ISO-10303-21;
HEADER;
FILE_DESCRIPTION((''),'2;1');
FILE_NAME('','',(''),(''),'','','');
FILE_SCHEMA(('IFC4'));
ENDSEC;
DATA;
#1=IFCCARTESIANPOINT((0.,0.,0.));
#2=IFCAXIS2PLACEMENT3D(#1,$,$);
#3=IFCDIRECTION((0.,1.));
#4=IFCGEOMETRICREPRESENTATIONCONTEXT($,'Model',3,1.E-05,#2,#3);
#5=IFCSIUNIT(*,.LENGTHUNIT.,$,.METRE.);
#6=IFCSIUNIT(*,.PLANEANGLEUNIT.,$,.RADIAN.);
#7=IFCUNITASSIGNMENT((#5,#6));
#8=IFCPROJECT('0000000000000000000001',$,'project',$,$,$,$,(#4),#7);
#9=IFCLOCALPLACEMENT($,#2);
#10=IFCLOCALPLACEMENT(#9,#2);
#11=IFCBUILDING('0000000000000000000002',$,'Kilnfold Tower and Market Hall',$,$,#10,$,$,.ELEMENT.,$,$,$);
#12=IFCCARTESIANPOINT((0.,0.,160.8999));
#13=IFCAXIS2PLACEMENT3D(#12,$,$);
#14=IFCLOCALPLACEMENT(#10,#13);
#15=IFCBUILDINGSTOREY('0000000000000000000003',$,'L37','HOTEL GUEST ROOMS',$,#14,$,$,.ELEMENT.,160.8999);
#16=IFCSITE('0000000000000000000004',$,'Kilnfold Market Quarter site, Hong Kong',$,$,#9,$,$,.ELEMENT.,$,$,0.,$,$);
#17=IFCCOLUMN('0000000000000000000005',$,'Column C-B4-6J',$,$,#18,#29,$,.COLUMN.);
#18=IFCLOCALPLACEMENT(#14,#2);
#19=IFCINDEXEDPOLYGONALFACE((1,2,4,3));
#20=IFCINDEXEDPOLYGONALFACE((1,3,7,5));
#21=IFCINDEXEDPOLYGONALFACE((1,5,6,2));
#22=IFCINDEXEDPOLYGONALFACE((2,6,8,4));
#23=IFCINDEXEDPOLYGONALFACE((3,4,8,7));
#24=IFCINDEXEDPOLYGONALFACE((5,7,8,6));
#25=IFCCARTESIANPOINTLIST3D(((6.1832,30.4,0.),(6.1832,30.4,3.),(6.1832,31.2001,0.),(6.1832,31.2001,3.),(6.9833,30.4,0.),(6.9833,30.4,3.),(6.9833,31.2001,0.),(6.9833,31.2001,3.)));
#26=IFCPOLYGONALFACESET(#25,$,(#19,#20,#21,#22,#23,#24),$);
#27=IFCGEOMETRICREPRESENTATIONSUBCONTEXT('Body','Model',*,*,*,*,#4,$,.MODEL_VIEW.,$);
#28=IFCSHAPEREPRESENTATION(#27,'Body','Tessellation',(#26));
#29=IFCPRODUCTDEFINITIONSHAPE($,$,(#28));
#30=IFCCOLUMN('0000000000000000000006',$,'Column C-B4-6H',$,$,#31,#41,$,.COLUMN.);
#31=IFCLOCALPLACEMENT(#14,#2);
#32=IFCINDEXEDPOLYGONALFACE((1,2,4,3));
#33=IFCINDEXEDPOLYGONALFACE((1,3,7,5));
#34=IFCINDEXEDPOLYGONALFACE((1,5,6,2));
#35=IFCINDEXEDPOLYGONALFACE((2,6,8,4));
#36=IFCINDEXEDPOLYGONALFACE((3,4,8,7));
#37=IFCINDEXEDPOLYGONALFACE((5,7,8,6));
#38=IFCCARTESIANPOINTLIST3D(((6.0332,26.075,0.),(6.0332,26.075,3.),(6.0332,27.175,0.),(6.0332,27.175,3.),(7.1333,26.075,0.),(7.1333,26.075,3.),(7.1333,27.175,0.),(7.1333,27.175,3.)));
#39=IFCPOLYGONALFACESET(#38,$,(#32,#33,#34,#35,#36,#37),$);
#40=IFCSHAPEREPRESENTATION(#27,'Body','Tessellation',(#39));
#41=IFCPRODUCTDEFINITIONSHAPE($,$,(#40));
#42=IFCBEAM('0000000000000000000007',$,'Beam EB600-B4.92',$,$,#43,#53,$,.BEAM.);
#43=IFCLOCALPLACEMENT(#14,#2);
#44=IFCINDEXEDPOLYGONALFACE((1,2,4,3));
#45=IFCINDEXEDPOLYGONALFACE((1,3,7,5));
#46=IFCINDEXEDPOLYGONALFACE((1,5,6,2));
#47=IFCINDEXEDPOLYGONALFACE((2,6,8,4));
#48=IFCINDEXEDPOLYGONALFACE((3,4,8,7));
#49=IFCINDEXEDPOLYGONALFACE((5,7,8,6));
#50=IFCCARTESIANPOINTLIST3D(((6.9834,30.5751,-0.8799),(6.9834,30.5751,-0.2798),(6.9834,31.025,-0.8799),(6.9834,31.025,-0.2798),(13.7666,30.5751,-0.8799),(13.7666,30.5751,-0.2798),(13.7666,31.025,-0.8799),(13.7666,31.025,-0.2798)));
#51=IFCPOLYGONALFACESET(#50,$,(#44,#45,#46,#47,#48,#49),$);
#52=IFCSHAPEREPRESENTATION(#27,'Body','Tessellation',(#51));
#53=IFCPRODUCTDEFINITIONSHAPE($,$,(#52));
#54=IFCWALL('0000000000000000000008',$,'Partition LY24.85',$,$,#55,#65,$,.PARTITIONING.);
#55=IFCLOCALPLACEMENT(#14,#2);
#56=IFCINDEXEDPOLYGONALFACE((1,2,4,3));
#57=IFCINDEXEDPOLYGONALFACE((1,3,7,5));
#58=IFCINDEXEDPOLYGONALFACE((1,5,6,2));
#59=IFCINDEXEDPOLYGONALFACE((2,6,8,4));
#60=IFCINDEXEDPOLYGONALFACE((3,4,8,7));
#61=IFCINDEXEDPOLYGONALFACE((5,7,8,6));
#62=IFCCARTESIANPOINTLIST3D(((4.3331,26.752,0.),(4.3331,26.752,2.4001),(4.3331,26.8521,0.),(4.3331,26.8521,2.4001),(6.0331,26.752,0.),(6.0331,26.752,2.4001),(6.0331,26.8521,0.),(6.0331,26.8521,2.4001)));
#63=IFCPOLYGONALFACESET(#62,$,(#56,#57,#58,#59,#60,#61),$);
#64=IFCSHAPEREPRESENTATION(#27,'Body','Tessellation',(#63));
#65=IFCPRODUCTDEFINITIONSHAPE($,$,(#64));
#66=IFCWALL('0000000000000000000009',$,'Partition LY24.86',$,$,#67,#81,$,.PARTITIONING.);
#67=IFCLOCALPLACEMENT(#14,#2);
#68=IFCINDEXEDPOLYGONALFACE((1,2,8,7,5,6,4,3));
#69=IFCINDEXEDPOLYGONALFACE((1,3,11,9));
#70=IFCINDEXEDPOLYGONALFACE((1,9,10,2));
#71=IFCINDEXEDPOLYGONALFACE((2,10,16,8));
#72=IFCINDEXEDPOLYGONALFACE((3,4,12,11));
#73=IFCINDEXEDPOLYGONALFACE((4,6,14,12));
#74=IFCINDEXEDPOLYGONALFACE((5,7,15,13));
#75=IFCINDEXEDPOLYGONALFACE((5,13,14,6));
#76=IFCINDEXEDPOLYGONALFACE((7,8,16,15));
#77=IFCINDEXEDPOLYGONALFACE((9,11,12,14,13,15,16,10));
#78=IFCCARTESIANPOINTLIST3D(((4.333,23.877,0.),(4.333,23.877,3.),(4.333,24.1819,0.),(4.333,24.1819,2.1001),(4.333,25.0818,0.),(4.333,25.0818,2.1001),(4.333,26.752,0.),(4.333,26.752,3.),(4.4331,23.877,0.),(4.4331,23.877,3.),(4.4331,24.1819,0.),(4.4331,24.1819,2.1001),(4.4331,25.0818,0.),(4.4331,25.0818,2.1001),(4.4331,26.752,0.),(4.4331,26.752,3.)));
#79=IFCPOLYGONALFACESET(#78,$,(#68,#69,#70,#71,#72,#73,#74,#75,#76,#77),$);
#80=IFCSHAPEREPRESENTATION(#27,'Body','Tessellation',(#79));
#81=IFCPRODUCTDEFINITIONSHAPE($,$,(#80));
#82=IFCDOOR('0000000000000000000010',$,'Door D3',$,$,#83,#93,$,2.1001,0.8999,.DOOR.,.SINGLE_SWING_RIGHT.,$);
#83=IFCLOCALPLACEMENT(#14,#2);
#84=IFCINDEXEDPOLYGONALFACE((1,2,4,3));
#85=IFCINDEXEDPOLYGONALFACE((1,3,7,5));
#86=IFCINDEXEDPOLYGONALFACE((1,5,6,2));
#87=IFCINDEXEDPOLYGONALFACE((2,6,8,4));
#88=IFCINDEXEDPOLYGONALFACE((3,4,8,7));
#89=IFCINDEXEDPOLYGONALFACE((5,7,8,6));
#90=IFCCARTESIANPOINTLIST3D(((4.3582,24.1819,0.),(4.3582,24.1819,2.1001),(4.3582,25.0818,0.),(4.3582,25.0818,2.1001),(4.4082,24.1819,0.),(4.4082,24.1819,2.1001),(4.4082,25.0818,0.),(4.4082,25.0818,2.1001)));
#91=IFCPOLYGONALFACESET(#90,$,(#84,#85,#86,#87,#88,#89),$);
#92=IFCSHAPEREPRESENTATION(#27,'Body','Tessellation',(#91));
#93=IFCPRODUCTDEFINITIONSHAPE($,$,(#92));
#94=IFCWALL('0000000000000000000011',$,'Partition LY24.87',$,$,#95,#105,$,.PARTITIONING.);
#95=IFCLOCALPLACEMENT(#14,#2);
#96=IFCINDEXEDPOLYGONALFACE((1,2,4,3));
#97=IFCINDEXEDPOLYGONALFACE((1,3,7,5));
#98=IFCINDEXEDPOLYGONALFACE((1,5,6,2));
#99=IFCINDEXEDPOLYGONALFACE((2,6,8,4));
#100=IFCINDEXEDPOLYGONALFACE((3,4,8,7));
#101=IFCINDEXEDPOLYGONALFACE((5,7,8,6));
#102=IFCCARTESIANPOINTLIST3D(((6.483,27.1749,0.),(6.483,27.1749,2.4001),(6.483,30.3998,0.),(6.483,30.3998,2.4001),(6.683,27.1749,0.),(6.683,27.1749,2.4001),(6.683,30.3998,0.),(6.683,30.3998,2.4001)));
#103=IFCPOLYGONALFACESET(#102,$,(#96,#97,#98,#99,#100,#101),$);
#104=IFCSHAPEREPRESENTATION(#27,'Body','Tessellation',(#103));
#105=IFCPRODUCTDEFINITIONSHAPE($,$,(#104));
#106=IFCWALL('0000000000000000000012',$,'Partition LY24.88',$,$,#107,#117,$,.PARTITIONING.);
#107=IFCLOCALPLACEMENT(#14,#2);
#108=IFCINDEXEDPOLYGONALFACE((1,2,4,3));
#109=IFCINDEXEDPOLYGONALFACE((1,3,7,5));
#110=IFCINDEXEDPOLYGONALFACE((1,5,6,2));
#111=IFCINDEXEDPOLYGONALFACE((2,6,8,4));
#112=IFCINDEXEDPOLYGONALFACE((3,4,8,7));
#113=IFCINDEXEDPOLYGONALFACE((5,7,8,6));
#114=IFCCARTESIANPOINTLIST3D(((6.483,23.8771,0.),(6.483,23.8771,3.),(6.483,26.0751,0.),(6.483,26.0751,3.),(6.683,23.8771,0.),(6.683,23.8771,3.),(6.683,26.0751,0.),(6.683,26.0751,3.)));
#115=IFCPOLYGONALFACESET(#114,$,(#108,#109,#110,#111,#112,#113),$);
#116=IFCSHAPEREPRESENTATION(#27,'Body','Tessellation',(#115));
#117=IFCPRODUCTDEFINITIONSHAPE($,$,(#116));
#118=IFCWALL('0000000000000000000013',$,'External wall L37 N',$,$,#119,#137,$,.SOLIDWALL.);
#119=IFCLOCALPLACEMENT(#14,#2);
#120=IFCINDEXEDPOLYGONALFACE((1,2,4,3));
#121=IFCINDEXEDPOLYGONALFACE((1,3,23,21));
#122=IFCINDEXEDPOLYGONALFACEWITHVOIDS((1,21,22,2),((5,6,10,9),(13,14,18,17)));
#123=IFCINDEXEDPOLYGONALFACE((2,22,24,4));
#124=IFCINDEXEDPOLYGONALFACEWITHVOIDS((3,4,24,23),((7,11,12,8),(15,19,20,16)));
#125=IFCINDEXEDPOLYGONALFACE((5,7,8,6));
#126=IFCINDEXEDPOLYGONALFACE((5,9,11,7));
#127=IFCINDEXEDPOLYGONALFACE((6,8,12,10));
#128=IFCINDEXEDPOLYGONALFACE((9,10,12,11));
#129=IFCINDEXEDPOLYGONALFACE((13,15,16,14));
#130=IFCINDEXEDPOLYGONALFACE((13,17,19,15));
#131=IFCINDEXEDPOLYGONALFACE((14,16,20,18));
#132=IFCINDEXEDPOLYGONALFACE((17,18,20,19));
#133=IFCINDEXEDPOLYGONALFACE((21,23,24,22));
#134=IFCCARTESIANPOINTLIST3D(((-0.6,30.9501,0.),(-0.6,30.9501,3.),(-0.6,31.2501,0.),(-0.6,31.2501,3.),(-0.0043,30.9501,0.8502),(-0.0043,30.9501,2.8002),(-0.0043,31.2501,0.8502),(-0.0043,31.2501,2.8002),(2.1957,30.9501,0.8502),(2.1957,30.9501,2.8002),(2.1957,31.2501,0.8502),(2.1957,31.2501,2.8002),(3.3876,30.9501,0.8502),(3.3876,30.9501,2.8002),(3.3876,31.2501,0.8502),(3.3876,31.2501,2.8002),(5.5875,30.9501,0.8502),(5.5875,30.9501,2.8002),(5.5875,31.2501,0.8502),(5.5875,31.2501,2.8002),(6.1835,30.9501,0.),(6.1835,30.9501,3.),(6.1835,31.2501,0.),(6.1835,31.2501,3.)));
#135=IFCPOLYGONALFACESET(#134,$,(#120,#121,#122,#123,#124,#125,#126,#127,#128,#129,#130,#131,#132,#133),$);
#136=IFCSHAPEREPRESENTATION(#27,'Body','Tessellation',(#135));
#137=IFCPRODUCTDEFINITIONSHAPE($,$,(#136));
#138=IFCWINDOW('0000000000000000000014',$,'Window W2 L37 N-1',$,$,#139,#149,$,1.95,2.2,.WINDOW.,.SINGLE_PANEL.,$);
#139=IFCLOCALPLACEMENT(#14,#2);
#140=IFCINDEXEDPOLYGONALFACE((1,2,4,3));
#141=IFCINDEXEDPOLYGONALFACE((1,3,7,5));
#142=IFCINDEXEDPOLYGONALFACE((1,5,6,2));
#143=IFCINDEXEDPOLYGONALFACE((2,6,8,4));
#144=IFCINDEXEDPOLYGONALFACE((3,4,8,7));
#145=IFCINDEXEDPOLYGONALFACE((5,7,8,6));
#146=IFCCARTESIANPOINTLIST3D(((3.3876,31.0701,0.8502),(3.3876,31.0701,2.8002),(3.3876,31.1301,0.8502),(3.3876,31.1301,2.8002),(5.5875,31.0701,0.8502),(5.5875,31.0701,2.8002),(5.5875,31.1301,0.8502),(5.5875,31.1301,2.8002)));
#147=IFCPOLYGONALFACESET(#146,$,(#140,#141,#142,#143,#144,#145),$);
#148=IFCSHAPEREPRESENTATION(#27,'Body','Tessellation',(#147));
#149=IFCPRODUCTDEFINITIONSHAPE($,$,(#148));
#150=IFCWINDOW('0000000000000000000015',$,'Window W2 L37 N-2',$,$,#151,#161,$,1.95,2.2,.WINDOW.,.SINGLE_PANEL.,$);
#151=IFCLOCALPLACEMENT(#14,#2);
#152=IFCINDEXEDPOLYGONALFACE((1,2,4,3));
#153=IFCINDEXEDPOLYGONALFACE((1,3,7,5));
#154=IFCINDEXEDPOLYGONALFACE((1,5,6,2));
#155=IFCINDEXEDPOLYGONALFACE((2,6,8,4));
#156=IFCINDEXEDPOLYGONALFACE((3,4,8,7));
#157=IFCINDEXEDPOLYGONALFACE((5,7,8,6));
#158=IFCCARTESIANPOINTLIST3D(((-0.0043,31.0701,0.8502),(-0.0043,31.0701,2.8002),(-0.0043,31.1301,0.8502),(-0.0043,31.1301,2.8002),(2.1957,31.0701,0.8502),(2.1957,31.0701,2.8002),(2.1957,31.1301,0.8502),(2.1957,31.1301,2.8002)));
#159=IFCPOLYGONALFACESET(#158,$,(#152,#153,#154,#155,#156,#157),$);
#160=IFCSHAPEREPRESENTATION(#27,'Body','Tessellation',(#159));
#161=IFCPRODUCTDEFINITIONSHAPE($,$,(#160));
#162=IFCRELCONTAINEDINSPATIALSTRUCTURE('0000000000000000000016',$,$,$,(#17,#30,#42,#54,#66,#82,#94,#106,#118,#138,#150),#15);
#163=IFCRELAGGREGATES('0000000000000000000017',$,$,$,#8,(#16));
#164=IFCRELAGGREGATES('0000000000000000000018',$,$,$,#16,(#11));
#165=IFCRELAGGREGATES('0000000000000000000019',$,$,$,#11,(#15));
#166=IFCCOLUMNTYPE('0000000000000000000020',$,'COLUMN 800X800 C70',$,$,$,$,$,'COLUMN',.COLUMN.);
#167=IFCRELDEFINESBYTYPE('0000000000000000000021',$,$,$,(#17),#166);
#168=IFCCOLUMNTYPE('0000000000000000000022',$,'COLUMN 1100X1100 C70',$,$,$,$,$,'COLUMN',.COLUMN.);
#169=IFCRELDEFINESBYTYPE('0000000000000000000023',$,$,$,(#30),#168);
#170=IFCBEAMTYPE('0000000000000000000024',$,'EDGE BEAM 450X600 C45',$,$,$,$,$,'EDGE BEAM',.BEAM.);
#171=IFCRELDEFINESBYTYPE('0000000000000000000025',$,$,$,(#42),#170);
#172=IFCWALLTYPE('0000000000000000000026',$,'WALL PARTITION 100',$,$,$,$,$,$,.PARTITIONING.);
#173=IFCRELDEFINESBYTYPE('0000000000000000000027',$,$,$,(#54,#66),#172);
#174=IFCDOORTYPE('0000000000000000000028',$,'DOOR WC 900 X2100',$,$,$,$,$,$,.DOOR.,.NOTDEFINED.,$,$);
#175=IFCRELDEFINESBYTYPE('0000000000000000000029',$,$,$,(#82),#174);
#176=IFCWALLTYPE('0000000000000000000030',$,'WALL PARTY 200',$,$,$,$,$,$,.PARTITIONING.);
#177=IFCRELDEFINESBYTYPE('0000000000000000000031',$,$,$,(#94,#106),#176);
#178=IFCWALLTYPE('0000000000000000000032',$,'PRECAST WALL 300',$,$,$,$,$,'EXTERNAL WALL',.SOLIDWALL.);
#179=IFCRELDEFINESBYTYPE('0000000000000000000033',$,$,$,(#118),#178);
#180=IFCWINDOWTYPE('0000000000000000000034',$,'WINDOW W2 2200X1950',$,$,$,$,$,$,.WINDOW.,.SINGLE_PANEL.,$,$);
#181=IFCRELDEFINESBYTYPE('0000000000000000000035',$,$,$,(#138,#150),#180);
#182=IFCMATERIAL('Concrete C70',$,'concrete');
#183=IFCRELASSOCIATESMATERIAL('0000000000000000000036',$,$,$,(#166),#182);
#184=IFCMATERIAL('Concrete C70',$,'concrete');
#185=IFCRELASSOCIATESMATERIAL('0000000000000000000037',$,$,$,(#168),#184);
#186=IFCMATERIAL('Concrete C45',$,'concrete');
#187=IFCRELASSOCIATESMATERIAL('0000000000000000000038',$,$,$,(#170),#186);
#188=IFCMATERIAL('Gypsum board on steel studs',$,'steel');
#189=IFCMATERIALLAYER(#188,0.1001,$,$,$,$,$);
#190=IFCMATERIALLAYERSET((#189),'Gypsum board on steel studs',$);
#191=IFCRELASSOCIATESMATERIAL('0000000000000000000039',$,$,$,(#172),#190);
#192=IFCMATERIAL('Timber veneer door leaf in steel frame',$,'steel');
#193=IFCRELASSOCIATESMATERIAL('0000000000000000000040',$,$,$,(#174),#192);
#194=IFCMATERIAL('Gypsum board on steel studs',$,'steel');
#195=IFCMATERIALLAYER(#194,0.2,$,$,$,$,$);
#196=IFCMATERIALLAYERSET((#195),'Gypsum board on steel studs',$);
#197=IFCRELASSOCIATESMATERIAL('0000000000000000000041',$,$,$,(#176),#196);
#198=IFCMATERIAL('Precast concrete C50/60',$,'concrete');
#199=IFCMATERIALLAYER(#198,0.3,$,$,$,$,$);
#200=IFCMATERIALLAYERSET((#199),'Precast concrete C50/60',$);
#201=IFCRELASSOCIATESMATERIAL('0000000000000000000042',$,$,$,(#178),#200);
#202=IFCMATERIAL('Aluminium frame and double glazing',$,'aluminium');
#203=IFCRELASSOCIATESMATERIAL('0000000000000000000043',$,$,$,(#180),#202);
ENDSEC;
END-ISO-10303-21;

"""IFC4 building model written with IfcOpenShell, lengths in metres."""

from ifc_helpers import new_model, si_unit, direction, frame, frame_2d, origin, origin_2d, place, context, subcontext, project, spatial, rectangle, extrude, source, transform, mapped, material, layer, layer_set, material_profile, profile_set, type_object, element, fill, save


model = new_model("IFC4")

# Units and contexts
model_context = context("Model", 3, precision=1e-05, world=origin(), true_north=direction((0.0, 1.0)))
body_context = subcontext(model_context, "Body", "Model", "MODEL_VIEW")
ifc_project = project(units=[si_unit("LENGTHUNIT", "METRE"), si_unit("PLANEANGLEUNIT", "RADIAN")], contexts=[model_context])

# Site, building, storey
site_placement = place(None, origin())
site = spatial("IfcSite", under=ifc_project, at=site_placement, Name="Kilnfold Market Quarter site, Hong Kong", CompositionType="ELEMENT", RefElevation=0.0)
building_placement = place(site_placement, origin())
building = spatial("IfcBuilding", under=site, at=building_placement, Name="Kilnfold Tower and Market Hall", CompositionType="ELEMENT")
storey_placement = place(building_placement, frame((0.0, 0.0, 160.8999)))
storey = spatial("IfcBuildingStorey", under=building, at=storey_placement, Name="L37", Description="HOTEL GUEST ROOMS", CompositionType="ELEMENT", Elevation=160.8999)

# Columns
ifc_material_1 = material(Name="Concrete C70", Category="concrete")
ifc_material_profile_1 = material_profile(ifc_material_1, rectangle(XDim=0.8, YDim=0.8, at=origin_2d()), Name="RC 800x800")
ifc_profile_set_1 = profile_set([ifc_material_profile_1], Name="Concrete C70")
column_type_1 = type_object("IfcColumnType", Name="COLUMN 800X800 C70", ElementType="COLUMN", PredefinedType="COLUMN", material=ifc_profile_set_1)
shared_shape_1 = source(origin(), body_context, "Body", "SweptSolid", [
    extrude(rectangle(XDim=0.8, YDim=0.8, at=origin_2d()), origin(), (0.0, 0.0, 1.0), 3.0),
])
column_1_placement = place(storey_placement, frame((6.5833, 30.8, 0.0), z_axis=(0.0, 0.0, 1.0), x_axis=(1.0, 0.0, 0.0)))
element("IfcColumn", 1, at=column_1_placement, inside=storey, type_object=column_type_1, Name="Column C-B4-6J", PredefinedType="COLUMN", context=body_context, shape_type="MappedRepresentation", body=[
    mapped(shared_shape_1, transform((0.0, 0.0, 0.0))),
])
ifc_material_2 = material(Name="Concrete C70", Category="concrete")
ifc_material_profile_2 = material_profile(ifc_material_2, rectangle(XDim=1.1001, YDim=1.1001, at=origin_2d()), Name="RC 1100x1100")
ifc_profile_set_2 = profile_set([ifc_material_profile_2], Name="Concrete C70")
column_type_2 = type_object("IfcColumnType", Name="COLUMN 1100X1100 C70", ElementType="COLUMN", PredefinedType="COLUMN", material=ifc_profile_set_2)
shared_shape_2 = source(origin(), body_context, "Body", "SweptSolid", [
    extrude(rectangle(XDim=1.1001, YDim=1.1001, at=origin_2d()), origin(), (0.0, 0.0, 1.0), 3.0),
])
column_2_placement = place(storey_placement, frame((6.5833, 26.625, 0.0), z_axis=(0.0, 0.0, 1.0), x_axis=(1.0, 0.0, 0.0)))
element("IfcColumn", 2, at=column_2_placement, inside=storey, type_object=column_type_2, Name="Column C-B4-6H", PredefinedType="COLUMN", context=body_context, shape_type="MappedRepresentation", body=[
    mapped(shared_shape_2, transform((0.0, 0.0, 0.0))),
])

# Beam
ifc_material_3 = material(Name="Concrete C45", Category="concrete")
ifc_material_profile_3 = material_profile(ifc_material_3, rectangle(XDim=0.45, YDim=0.6001, at=origin_2d()), Name="RC 450x600")
ifc_profile_set_3 = profile_set([ifc_material_profile_3], Name="Concrete C45")
beam_type = type_object("IfcBeamType", Name="EDGE BEAM 450X600 C45", ElementType="EDGE BEAM", PredefinedType="BEAM", material=ifc_profile_set_3)
shared_shape_3 = source(origin(), body_context, "Body", "SweptSolid", [
    extrude(rectangle(XDim=0.45, YDim=0.6001, at=origin_2d()), origin(), (0.0, 0.0, 1.0), 6.7832),
])
beam_placement = place(storey_placement, frame((6.9834, 30.8, -0.5798), z_axis=(1.0, 0.0, 0.0), x_axis=(0.0, 1.0, 0.0)))
element("IfcBeam", 3, at=beam_placement, inside=storey, type_object=beam_type, Name="Beam EB600-B4.92", PredefinedType="BEAM", context=body_context, shape_type="MappedRepresentation", body=[
    mapped(shared_shape_3, transform((0.0, 0.0, 0.0))),
])

# Wall
ifc_material_4 = material(Name="Gypsum board on steel studs", Category="steel")
ifc_layer_1 = layer(ifc_material_4, 0.1001)
ifc_layer_set_1 = layer_set([ifc_layer_1], Name="Gypsum board on steel studs")
wall_type_1 = type_object("IfcWallType", Name="WALL PARTITION 100", PredefinedType="PARTITIONING", material=ifc_layer_set_1)
wall_1_placement = place(storey_placement, frame((4.333, 26.802, 0.0), z_axis=(0.0, 0.0, 1.0), x_axis=(1.0, 0.0, 0.0)))
element("IfcWall", 4, at=wall_1_placement, inside=storey, type_object=wall_type_1, Name="Partition LY24.85", PredefinedType="PARTITIONING", context=body_context, shape_type="SweptSolid", body=[
    extrude(rectangle(XDim=1.7, YDim=0.1001, at=frame_2d((0.8501, 0.0))), origin(), (0.0, 0.0, 1.0), 2.4001),
])

# Wall, opening, door
wall_2_placement = place(storey_placement, frame((4.3831, 23.877, 0.0), z_axis=(0.0, 0.0, 1.0), x_axis=(0.0, 1.0, 0.0)))
wall_2 = element("IfcWall", 5, at=wall_2_placement, inside=storey, type_object=wall_type_1, Name="Partition LY24.86", PredefinedType="PARTITIONING", context=body_context, shape_type="SweptSolid", body=[
    extrude(rectangle(XDim=2.875, YDim=0.1001, at=frame_2d((1.4375, 0.0))), origin(), (0.0, 0.0, 1.0), 3.0),
])
opening_1_placement = place(wall_2_placement, frame((0.3049, 0.0, 0.0)))
opening_1 = element("IfcOpeningElement", 6, at=opening_1_placement, cuts=wall_2, PredefinedType="OPENING", context=body_context, shape_type="SweptSolid", body=[
    extrude(rectangle(XDim=0.8999, YDim=2.1001, at=frame_2d((0.45, 1.05))), frame((0.0, 0.0601, 0.0), z_axis=(0.0, -1.0, 0.0), x_axis=(1.0, 0.0, 0.0)), (0.0, 0.0, 1.0), 0.1201),
])
ifc_material_5 = material(Name="Timber veneer door leaf in steel frame", Category="steel")
door_type = type_object("IfcDoorType", Name="DOOR WC 900 X2100", OperationType="NOTDEFINED", PredefinedType="DOOR", material=ifc_material_5)
door_placement = place(opening_1_placement, origin())
door = element("IfcDoor", 7, at=door_placement, inside=storey, type_object=door_type, Name="Door D3", OperationType="SINGLE_SWING_RIGHT", OverallHeight=2.1001, OverallWidth=0.8999, PredefinedType="DOOR", context=body_context, shape_type="SweptSolid", body=[
    extrude(rectangle(XDim=0.8999, YDim=2.1001, at=frame_2d((0.45, 1.05))), frame((0.0, 0.0249, 0.0), z_axis=(0.0, -1.0, 0.0), x_axis=(1.0, 0.0, 0.0)), (0.0, 0.0, 1.0), 0.05),
])
fill(opening_1, door)

# Walls
ifc_material_6 = material(Name="Gypsum board on steel studs", Category="steel")
ifc_layer_2 = layer(ifc_material_6, 0.2)
ifc_layer_set_2 = layer_set([ifc_layer_2], Name="Gypsum board on steel studs")
wall_type_2 = type_object("IfcWallType", Name="WALL PARTY 200", PredefinedType="PARTITIONING", material=ifc_layer_set_2)
wall_3_placement = place(storey_placement, frame((6.583, 27.175, 0.0), z_axis=(0.0, 0.0, 1.0), x_axis=(0.0, 1.0, 0.0)))
element("IfcWall", 8, at=wall_3_placement, inside=storey, type_object=wall_type_2, Name="Partition LY24.87", PredefinedType="PARTITIONING", context=body_context, shape_type="SweptSolid", body=[
    extrude(rectangle(XDim=3.2249, YDim=0.2, at=frame_2d((1.6123, 0.0))), origin(), (0.0, 0.0, 1.0), 2.4001),
])
wall_4_placement = place(storey_placement, frame((6.583, 23.877, 0.0), z_axis=(0.0, 0.0, 1.0), x_axis=(0.0, 1.0, 0.0)))
element("IfcWall", 9, at=wall_4_placement, inside=storey, type_object=wall_type_2, Name="Partition LY24.88", PredefinedType="PARTITIONING", context=body_context, shape_type="SweptSolid", body=[
    extrude(rectangle(XDim=2.198, YDim=0.2, at=frame_2d((1.0991, 0.0))), origin(), (0.0, 0.0, 1.0), 3.0),
])

# Wall, openings, windows
ifc_material_7 = material(Name="Precast concrete C50/60", Category="concrete")
ifc_layer_3 = layer(ifc_material_7, 0.3)
ifc_layer_set_3 = layer_set([ifc_layer_3], Name="Precast concrete C50/60")
wall_type_3 = type_object("IfcWallType", Name="PRECAST WALL 300", ElementType="EXTERNAL WALL", PredefinedType="SOLIDWALL", material=ifc_layer_set_3)
shared_shape_4 = source(origin(), body_context, "Body", "SweptSolid", [
    extrude(rectangle(XDim=6.7834, YDim=0.3, at=frame_2d((3.3916, 0.0))), origin(), (0.0, 0.0, 1.0), 3.0),
])
wall_5_placement = place(storey_placement, frame((6.1833, 31.1001, 0.0), z_axis=(0.0, 0.0, 1.0), x_axis=(-1.0, 0.0, 0.0)))
wall_5 = element("IfcWall", 10, at=wall_5_placement, inside=storey, type_object=wall_type_3, Name="External wall L37 N", PredefinedType="SOLIDWALL", context=body_context, shape_type="MappedRepresentation", body=[
    mapped(shared_shape_4, transform((0.0, 0.0, 0.0))),
])
opening_2_placement = place(wall_5_placement, frame((0.5957, 0.0, 0.8501)))
opening_2 = element("IfcOpeningElement", 11, at=opening_2_placement, cuts=wall_5, PredefinedType="OPENING", context=body_context, shape_type="SweptSolid", body=[
    extrude(rectangle(XDim=2.2, YDim=1.95, at=frame_2d((1.1001, 0.9751))), frame((0.0, 0.1602, 0.0), z_axis=(0.0, -1.0, 0.0), x_axis=(1.0, 0.0, 0.0)), (0.0, 0.0, 1.0), 0.3201),
])
opening_3_placement = place(wall_5_placement, frame((3.9875, 0.0, 0.8501)))
opening_3 = element("IfcOpeningElement", 12, at=opening_3_placement, cuts=wall_5, PredefinedType="OPENING", context=body_context, shape_type="SweptSolid", body=[
    extrude(rectangle(XDim=2.2, YDim=1.95, at=frame_2d((1.1001, 0.9751))), frame((0.0, 0.1602, 0.0), z_axis=(0.0, -1.0, 0.0), x_axis=(1.0, 0.0, 0.0)), (0.0, 0.0, 1.0), 0.3201),
])
ifc_material_8 = material(Name="Aluminium frame and double glazing", Category="aluminium")
window_type = type_object("IfcWindowType", Name="WINDOW W2 2200X1950", PartitioningType="SINGLE_PANEL", PredefinedType="WINDOW", material=ifc_material_8)
window_1_placement = place(opening_2_placement, origin())
window_1 = element("IfcWindow", 13, at=window_1_placement, inside=storey, type_object=window_type, Name="Window W2 L37 N-1", OverallHeight=1.95, OverallWidth=2.2, PartitioningType="SINGLE_PANEL", PredefinedType="WINDOW", context=body_context, shape_type="SweptSolid", body=[
    extrude(rectangle(XDim=2.2, YDim=1.95, at=frame_2d((1.1001, 0.9751))), frame((0.0, 0.03, 0.0), z_axis=(0.0, -1.0, 0.0), x_axis=(1.0, 0.0, 0.0)), (0.0, 0.0, 1.0), 0.0601),
])
fill(opening_2, window_1)
window_2_placement = place(opening_3_placement, origin())
window_2 = element("IfcWindow", 14, at=window_2_placement, inside=storey, type_object=window_type, Name="Window W2 L37 N-2", OverallHeight=1.95, OverallWidth=2.2, PartitioningType="SINGLE_PANEL", PredefinedType="WINDOW", context=body_context, shape_type="SweptSolid", body=[
    extrude(rectangle(XDim=2.2, YDim=1.95, at=frame_2d((1.1001, 0.9751))), frame((0.0, 0.03, 0.0), z_axis=(0.0, -1.0, 0.0), x_axis=(1.0, 0.0, 0.0)), (0.0, 0.0, 1.0), 0.0601),
])
fill(opening_3, window_2)

save(model, "model.ifc")
